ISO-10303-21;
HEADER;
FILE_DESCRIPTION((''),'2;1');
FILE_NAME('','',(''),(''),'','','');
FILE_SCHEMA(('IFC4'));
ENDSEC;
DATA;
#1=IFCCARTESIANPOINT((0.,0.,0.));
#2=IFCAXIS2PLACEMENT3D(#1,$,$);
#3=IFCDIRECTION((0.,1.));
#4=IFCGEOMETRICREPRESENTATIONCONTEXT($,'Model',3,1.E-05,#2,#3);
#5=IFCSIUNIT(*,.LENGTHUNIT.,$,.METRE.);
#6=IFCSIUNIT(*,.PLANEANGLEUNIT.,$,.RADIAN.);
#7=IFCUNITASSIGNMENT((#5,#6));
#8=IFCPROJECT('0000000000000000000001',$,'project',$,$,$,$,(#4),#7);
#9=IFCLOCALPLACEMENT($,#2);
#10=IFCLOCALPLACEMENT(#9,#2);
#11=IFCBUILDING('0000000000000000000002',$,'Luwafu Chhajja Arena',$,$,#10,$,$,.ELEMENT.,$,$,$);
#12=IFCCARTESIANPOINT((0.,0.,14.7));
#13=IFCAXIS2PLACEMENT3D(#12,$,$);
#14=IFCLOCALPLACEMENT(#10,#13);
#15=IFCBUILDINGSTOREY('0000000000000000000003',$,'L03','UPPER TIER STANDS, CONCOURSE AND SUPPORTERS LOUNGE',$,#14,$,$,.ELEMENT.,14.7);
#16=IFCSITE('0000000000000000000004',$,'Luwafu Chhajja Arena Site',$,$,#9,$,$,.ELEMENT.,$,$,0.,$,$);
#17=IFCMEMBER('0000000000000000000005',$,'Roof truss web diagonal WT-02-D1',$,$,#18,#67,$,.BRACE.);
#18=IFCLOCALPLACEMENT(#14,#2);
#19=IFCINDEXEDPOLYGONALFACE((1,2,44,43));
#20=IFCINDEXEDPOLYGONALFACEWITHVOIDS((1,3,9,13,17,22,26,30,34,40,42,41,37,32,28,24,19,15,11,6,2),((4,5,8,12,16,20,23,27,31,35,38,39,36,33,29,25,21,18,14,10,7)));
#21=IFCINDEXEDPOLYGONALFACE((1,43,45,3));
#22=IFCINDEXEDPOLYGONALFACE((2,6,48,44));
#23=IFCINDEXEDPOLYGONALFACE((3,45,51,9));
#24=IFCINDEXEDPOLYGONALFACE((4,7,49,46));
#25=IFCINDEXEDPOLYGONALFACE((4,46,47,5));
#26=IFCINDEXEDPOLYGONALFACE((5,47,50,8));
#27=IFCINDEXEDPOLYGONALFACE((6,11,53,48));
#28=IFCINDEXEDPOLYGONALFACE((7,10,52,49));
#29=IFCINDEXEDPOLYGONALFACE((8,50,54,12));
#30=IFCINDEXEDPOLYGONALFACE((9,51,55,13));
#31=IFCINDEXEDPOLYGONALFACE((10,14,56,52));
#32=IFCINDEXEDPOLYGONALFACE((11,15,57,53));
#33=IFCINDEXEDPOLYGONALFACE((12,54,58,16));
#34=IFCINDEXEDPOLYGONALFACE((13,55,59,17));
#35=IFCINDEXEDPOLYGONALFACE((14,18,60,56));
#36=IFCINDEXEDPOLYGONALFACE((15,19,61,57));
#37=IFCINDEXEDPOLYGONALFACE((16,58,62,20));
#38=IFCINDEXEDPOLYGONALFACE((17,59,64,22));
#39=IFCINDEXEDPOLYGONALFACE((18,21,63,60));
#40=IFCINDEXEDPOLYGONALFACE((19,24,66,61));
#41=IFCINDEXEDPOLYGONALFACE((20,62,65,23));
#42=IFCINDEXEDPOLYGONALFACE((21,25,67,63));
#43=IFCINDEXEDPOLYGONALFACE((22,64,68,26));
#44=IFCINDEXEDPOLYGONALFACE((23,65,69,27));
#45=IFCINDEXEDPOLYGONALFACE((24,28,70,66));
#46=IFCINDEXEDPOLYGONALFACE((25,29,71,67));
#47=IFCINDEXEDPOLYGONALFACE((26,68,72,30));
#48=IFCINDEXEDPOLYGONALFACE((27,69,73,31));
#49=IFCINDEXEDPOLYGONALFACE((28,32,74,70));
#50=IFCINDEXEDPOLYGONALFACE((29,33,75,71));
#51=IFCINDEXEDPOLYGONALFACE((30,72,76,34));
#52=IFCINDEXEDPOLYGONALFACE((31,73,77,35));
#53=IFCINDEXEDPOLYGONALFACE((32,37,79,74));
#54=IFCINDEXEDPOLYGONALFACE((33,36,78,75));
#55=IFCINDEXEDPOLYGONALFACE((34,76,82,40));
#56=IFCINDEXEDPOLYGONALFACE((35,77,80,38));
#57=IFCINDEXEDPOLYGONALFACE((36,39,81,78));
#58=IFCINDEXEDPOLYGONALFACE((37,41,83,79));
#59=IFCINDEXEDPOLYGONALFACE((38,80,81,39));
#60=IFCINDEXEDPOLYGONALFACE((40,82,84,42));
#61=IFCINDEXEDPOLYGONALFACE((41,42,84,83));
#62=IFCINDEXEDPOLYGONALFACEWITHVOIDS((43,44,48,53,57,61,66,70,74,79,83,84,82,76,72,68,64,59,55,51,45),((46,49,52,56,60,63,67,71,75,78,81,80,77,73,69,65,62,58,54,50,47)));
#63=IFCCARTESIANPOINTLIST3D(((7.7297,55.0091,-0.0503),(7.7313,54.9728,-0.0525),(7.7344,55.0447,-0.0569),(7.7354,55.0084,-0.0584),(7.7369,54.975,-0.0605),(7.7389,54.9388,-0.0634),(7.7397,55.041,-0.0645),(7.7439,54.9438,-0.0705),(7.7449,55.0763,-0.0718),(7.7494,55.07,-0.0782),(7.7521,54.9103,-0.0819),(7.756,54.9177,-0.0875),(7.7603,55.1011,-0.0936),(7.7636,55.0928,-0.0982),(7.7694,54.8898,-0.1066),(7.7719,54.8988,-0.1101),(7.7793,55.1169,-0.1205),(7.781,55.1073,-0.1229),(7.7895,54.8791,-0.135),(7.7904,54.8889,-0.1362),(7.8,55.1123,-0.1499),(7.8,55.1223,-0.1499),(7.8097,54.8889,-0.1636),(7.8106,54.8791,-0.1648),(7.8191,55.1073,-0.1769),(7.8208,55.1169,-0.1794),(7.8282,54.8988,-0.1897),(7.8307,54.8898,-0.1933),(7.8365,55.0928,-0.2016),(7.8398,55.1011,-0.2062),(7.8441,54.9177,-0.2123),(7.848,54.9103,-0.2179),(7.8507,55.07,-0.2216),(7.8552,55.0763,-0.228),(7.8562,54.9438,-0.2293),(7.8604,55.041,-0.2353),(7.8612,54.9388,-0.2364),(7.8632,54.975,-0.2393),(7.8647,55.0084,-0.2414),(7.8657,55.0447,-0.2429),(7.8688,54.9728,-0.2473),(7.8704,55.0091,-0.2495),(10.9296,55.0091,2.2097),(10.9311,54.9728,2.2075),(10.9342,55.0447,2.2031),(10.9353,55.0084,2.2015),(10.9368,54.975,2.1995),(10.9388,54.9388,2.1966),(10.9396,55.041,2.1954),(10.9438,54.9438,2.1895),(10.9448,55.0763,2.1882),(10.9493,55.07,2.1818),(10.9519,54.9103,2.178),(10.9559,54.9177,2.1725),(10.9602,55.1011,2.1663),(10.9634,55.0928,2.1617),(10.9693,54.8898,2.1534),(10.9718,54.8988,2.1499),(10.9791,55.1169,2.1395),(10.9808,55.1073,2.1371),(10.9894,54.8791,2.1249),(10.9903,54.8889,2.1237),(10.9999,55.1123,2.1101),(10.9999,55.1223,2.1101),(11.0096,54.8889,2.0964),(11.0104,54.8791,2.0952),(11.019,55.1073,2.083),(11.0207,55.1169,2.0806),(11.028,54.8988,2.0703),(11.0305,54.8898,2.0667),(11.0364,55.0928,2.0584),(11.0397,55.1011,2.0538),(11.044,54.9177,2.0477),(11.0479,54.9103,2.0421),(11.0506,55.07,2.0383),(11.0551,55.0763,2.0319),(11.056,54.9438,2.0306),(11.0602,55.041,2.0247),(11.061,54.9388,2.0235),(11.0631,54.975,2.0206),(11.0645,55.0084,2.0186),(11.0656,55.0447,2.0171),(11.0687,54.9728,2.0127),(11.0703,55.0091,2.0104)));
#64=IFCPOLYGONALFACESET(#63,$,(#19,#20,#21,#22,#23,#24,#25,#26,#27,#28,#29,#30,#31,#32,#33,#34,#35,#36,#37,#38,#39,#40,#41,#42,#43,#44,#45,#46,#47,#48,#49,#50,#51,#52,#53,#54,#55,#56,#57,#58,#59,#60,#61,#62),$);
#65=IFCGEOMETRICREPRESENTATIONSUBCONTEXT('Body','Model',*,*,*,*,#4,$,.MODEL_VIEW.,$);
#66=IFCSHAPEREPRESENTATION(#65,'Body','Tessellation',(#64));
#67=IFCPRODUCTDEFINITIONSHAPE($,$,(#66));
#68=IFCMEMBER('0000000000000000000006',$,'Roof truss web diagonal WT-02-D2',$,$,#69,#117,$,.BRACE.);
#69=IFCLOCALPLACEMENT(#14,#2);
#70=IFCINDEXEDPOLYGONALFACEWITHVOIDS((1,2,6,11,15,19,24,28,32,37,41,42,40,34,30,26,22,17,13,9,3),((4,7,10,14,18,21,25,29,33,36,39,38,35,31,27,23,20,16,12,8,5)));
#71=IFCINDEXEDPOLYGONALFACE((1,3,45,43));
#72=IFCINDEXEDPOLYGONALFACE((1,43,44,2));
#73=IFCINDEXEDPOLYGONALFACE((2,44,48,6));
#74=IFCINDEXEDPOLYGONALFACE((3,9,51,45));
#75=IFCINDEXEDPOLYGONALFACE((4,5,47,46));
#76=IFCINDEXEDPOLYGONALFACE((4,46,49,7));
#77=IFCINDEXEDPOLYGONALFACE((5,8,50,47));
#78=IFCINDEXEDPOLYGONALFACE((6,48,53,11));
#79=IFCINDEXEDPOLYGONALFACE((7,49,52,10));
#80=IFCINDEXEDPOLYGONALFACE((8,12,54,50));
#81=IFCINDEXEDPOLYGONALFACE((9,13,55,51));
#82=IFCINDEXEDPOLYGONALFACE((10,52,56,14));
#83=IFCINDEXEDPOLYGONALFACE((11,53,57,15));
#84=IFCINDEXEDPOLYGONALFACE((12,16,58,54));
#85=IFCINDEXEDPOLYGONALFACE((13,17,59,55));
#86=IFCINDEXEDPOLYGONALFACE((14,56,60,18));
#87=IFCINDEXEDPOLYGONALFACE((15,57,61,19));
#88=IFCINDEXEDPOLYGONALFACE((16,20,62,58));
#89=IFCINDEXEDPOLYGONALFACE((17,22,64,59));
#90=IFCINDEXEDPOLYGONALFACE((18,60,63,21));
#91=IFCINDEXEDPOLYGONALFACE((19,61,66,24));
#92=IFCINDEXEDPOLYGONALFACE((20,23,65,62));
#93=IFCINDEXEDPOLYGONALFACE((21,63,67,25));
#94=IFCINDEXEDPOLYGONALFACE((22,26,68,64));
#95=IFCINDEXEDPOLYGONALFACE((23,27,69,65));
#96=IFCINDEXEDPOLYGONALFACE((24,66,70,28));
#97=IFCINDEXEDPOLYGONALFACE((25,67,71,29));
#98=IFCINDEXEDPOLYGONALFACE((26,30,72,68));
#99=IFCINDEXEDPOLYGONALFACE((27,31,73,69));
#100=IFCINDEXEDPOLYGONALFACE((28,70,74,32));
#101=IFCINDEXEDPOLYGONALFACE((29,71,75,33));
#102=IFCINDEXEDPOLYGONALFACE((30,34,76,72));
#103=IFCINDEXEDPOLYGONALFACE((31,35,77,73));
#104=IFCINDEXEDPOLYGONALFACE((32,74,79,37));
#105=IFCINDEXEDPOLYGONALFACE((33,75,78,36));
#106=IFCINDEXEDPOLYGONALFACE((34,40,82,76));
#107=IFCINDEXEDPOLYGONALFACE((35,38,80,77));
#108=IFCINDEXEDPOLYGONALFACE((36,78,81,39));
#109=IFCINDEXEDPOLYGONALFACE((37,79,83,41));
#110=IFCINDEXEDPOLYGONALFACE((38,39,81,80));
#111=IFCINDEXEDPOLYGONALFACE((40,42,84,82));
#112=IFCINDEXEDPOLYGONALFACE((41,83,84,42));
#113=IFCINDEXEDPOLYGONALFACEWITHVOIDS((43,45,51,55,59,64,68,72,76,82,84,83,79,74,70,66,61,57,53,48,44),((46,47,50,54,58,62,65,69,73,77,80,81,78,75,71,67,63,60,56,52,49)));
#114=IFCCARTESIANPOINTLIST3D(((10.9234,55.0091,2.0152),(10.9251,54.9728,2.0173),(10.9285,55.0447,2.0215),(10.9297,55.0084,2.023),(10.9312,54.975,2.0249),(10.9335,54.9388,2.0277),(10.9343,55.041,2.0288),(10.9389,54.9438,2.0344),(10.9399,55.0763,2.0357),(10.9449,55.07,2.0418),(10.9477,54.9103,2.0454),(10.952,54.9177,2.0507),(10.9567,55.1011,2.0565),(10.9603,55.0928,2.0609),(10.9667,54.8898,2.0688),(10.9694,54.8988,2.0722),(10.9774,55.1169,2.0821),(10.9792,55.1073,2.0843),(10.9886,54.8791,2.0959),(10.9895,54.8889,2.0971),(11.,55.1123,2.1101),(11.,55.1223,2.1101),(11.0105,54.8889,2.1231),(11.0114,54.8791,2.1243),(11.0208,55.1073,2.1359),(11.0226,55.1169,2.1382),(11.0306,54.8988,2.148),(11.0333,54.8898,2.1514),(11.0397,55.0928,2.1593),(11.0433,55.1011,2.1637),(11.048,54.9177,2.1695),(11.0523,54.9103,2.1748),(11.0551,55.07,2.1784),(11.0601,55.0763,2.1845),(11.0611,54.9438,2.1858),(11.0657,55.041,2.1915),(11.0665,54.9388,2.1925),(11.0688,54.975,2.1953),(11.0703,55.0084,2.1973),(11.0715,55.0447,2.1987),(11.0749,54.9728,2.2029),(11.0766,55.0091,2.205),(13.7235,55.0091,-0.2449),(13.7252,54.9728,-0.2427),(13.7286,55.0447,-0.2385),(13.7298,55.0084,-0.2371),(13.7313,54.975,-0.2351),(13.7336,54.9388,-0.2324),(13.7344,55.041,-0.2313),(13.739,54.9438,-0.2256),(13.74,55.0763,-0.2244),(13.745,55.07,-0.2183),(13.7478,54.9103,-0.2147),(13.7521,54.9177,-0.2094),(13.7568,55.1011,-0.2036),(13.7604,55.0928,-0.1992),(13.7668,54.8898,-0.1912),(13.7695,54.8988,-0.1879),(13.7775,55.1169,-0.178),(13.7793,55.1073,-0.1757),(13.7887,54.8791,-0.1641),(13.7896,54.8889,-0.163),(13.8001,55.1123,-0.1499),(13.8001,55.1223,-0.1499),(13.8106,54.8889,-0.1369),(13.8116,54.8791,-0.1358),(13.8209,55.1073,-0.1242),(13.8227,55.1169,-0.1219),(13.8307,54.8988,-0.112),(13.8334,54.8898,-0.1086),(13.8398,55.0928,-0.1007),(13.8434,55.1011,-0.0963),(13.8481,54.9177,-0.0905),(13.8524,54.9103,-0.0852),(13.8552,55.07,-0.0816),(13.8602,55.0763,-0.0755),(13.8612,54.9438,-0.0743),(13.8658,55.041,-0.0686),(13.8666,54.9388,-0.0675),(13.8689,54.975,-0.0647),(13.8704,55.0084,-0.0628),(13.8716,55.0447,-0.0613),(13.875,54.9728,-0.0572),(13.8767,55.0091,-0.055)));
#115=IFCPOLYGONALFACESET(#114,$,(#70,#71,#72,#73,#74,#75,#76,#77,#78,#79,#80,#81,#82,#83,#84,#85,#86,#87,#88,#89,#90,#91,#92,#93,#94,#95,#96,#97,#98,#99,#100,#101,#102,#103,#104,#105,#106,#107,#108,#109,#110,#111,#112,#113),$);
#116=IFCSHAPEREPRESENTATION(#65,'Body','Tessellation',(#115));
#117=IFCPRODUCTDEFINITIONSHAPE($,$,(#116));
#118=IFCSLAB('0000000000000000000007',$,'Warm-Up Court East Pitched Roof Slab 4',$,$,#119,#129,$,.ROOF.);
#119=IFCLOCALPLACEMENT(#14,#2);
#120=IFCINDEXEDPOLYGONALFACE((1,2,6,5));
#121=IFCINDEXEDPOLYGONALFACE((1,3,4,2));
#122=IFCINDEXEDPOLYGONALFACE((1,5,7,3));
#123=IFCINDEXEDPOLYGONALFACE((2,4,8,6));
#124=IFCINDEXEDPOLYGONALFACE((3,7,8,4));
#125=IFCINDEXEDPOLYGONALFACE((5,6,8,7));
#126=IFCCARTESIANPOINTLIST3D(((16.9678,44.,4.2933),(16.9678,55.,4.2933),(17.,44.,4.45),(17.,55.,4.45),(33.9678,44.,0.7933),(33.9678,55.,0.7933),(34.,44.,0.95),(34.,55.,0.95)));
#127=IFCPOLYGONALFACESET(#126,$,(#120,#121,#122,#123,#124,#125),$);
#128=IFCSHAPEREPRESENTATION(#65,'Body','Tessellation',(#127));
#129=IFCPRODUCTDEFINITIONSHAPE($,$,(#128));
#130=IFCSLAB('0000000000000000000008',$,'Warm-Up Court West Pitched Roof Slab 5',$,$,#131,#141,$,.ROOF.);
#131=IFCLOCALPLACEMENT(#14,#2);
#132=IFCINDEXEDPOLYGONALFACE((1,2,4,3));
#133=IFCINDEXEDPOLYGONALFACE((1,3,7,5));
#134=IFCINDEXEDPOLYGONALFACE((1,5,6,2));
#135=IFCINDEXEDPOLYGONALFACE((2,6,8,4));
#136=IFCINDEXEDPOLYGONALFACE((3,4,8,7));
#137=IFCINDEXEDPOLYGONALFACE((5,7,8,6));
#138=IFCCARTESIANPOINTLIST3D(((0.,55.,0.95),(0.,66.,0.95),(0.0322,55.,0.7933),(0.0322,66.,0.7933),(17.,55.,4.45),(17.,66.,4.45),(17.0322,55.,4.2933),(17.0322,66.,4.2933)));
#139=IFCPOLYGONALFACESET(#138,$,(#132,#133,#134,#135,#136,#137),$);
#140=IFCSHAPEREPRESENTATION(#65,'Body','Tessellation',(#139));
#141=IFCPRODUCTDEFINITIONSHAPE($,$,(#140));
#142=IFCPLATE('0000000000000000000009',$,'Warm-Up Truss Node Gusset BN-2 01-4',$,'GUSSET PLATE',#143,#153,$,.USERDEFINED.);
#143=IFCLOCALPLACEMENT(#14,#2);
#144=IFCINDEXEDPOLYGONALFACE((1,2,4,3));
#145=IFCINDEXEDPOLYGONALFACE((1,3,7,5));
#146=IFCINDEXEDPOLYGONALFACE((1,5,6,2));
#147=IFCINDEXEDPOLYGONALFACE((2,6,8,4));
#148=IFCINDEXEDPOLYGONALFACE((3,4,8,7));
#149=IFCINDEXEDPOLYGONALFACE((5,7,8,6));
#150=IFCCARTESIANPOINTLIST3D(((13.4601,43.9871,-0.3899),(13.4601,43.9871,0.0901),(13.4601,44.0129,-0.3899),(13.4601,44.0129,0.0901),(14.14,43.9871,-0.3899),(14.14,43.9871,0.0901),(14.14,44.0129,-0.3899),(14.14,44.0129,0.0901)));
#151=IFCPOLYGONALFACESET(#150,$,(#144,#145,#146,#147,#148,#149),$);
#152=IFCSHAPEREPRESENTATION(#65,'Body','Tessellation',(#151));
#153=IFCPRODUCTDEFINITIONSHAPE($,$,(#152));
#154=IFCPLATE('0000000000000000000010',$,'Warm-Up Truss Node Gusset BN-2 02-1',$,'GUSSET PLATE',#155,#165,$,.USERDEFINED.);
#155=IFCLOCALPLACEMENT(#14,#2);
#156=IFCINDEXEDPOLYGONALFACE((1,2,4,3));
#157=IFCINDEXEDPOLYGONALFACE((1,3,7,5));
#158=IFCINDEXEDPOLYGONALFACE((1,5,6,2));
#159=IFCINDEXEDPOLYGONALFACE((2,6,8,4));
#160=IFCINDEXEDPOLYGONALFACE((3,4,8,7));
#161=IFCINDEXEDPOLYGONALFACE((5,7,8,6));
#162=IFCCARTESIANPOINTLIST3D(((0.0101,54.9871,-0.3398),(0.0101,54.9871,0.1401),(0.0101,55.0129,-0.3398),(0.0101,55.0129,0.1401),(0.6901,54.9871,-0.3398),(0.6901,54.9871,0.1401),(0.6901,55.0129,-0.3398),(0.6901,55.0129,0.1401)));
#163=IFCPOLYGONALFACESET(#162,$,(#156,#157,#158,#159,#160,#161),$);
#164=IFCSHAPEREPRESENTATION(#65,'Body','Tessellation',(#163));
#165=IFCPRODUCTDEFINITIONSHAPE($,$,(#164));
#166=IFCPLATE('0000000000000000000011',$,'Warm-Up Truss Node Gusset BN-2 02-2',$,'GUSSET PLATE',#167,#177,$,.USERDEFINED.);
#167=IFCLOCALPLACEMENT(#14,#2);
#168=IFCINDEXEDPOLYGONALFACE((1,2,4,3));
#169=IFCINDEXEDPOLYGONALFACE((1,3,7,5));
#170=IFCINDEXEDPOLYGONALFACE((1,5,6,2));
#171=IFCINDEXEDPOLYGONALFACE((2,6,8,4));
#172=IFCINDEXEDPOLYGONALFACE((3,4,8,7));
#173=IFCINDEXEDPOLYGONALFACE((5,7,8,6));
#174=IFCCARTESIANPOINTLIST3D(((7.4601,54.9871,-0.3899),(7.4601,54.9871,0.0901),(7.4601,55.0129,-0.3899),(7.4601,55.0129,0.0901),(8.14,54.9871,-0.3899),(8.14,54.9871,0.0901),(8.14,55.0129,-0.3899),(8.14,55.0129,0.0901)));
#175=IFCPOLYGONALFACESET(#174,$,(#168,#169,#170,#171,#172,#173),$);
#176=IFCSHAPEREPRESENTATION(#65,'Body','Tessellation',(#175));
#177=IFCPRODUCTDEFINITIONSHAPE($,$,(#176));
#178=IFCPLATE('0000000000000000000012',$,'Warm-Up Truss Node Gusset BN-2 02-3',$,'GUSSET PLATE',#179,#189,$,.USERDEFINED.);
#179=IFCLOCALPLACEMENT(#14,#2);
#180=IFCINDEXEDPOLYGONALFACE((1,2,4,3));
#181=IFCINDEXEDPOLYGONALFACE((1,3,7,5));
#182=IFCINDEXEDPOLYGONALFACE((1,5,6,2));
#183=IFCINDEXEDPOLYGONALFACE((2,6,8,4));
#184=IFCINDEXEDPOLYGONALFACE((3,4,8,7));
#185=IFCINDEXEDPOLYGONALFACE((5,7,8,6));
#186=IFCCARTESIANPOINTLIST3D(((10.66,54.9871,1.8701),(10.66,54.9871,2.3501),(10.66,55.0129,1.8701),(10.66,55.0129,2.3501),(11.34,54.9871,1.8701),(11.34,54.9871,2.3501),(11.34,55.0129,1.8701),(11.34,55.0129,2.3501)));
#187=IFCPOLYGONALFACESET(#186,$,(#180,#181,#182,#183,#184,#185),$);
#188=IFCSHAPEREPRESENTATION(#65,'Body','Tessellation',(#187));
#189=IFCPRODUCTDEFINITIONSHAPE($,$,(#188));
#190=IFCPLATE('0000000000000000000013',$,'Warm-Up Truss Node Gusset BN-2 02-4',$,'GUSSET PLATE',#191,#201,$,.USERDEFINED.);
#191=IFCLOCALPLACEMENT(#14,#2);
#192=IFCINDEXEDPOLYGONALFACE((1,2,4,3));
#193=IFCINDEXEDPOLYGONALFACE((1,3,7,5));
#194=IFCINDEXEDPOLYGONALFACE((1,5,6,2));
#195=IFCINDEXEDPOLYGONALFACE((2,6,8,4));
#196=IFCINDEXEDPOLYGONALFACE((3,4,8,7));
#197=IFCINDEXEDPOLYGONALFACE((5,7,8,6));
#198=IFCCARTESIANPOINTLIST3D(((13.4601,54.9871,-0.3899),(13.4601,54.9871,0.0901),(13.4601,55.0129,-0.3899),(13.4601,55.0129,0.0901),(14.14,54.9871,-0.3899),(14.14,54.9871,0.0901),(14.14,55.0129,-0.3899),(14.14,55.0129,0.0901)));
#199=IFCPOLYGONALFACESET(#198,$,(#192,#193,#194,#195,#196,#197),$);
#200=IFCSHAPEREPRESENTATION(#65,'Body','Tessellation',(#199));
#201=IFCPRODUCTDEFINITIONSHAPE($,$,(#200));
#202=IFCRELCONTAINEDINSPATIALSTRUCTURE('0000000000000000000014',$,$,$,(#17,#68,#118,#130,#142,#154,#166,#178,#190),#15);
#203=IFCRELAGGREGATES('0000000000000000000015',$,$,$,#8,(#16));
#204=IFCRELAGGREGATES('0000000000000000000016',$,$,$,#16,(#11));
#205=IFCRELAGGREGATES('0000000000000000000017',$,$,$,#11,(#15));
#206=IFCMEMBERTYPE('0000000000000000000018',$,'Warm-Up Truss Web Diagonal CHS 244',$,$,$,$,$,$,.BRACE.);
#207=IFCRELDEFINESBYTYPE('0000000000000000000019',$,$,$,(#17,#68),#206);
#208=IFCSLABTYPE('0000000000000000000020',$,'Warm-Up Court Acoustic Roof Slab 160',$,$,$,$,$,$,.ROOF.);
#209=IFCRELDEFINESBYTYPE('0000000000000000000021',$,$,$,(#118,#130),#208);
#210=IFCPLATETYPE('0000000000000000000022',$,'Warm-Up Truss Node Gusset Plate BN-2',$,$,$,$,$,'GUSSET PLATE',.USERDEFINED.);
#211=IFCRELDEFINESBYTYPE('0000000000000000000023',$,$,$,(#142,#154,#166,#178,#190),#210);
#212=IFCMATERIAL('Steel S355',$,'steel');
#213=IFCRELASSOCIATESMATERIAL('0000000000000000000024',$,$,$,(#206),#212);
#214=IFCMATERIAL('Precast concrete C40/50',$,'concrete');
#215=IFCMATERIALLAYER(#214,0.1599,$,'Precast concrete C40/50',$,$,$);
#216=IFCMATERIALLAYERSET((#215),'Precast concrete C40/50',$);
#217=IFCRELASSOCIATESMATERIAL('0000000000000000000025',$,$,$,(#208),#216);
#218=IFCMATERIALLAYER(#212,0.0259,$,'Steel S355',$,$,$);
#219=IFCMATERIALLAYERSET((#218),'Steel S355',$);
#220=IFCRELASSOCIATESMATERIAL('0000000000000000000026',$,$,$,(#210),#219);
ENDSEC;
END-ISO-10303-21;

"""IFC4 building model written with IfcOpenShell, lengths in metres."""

from ifc_helpers import new_model, si_unit, direction, frame, origin, origin_2d, place, context, subcontext, project, spatial, polyline, rectangle, hollow_circle, outline, extrude, material, layer, layer_set, material_profile, profile_set, type_object, element, save


model = new_model("IFC4")

# Units and contexts
model_context = context("Model", 3, precision=1e-05, world=origin(), true_north=direction((0.0, 1.0)))
body_context = subcontext(model_context, "Body", "Model", "MODEL_VIEW")
ifc_project = project(units=[si_unit("LENGTHUNIT", "METRE"), si_unit("PLANEANGLEUNIT", "RADIAN")], contexts=[model_context])

# Site, building, storey
site_placement = place(None, origin())
site = spatial("IfcSite", under=ifc_project, at=site_placement, Name="Luwafu Chhajja Arena Site", CompositionType="ELEMENT", RefElevation=0.0)
building_placement = place(site_placement, origin())
building = spatial("IfcBuilding", under=site, at=building_placement, Name="Luwafu Chhajja Arena", CompositionType="ELEMENT")
storey_placement = place(building_placement, frame((0.0, 0.0, 14.7)))
storey = spatial("IfcBuildingStorey", under=building, at=storey_placement, Name="L03", Description="UPPER TIER STANDS, CONCOURSE AND SUPPORTERS LOUNGE", CompositionType="ELEMENT", Elevation=14.7)

# Shared definitions
ifc_material_1 = material(Name="Steel S355", Category="steel")

# Members
ifc_material_profile_1 = material_profile(ifc_material_1, hollow_circle(Radius=0.1223, WallThickness=0.01, at=origin_2d()), Name="CHS 244.5x10")
ifc_profile_set_1 = profile_set([ifc_material_profile_1], Name="Steel S355")
member_type_1 = type_object("IfcMemberType", Name="Warm-Up Truss Web Diagonal CHS 244", PredefinedType="BRACE", material=ifc_profile_set_1)
member_1_placement = place(storey_placement, frame((7.8, 55.0, -0.1499), z_axis=(0.816821, 0.0, 0.576891), x_axis=(0.0, 1.0, 0.0)))
element("IfcMember", 1, at=member_1_placement, inside=storey, type_object=member_type_1, Name="Roof truss web diagonal WT-02-D1", PredefinedType="BRACE", context=body_context, shape_type="SweptSolid", body=[
    extrude(hollow_circle(Radius=0.1223, WallThickness=0.01, at=origin_2d()), origin(), (0.0, 0.0, 1.0), 3.9175),
])
member_2_placement = place(storey_placement, frame((11.0, 55.0, 2.1101), z_axis=(0.778154, 0.0, -0.628073), x_axis=(0.0, 1.0, 0.0)))
element("IfcMember", 2, at=member_2_placement, inside=storey, type_object=member_type_1, Name="Roof truss web diagonal WT-02-D2", PredefinedType="BRACE", context=body_context, shape_type="SweptSolid", body=[
    extrude(hollow_circle(Radius=0.1223, WallThickness=0.01, at=origin_2d()), origin(), (0.0, 0.0, 1.0), 3.5984),
])

# Slabs
ifc_material_2 = material(Name="Precast concrete C40/50", Category="concrete")
ifc_layer_1 = layer(ifc_material_2, 0.1599, Name="Precast concrete C40/50")
ifc_layer_set_1 = layer_set([ifc_layer_1], Name="Precast concrete C40/50")
slab_type = type_object("IfcSlabType", Name="Warm-Up Court Acoustic Roof Slab 160", PredefinedType="ROOF", material=ifc_layer_set_1)
for number, where, z_axis, x_axis, name in (
    (3, (17.0, 44.0, 4.45), (0.201653, 0.0, 0.979457), (0.979457, 0.0, -0.201653), "Warm-Up Court East Pitched Roof Slab 4"),
    (4, (0.0, 55.0, 0.95), (-0.201653, 0.0, 0.979457), (0.979457, 0.0, 0.201653), "Warm-Up Court West Pitched Roof Slab 5"),
):
    element("IfcSlab", number, at=place(storey_placement, frame(where, z_axis=z_axis, x_axis=x_axis)), inside=storey, type_object=slab_type, Name=name, PredefinedType="ROOF", context=body_context, shape_type="SweptSolid", body=[
        extrude(outline(polyline([(0.0, 0.0), (17.3566, 0.0), (17.3566, 11.0), (0.0, 11.0), (0.0, 0.0)])), origin(), (0.0, 0.0, -1.0), 0.1599),
    ])

# Plates
ifc_layer_2 = layer(ifc_material_1, 0.0259, Name="Steel S355")
ifc_layer_set_2 = layer_set([ifc_layer_2], Name="Steel S355")
plate_type = type_object("IfcPlateType", Name="Warm-Up Truss Node Gusset Plate BN-2", ElementType="GUSSET PLATE", PredefinedType="USERDEFINED", material=ifc_layer_set_2)
for number, where, z_axis, x_axis, name in (
    (5, (13.8, 44.0, -0.3899), (0.0, 0.0, 1.0), (1.0, 0.0, 0.0), "Warm-Up Truss Node Gusset BN-2 01-4"),
    (6, (0.3501, 55.0, -0.3398), (0.0, 0.0, 1.0), (1.0, 0.0, 0.0), "Warm-Up Truss Node Gusset BN-2 02-1"),
    (7, (7.8, 55.0, -0.3899), (0.0, 0.0, 1.0), (1.0, 0.0, 0.0), "Warm-Up Truss Node Gusset BN-2 02-2"),
    (8, (11.0, 55.0, 1.8701), (0.0, 0.0, 1.0), (1.0, 0.0, 0.0), "Warm-Up Truss Node Gusset BN-2 02-3"),
    (9, (13.8, 55.0, -0.3899), (0.0, 0.0, 1.0), (1.0, 0.0, 0.0), "Warm-Up Truss Node Gusset BN-2 02-4"),
):
    element("IfcPlate", number, at=place(storey_placement, frame(where, z_axis=z_axis, x_axis=x_axis)), inside=storey, type_object=plate_type, Name=name, ObjectType="GUSSET PLATE", PredefinedType="USERDEFINED", context=body_context, shape_type="SweptSolid", body=[
        extrude(rectangle(XDim=0.6799, YDim=0.0259, at=origin_2d()), origin(), (0.0, 0.0, 1.0), 0.48),
    ])

save(model, "model.ifc")
